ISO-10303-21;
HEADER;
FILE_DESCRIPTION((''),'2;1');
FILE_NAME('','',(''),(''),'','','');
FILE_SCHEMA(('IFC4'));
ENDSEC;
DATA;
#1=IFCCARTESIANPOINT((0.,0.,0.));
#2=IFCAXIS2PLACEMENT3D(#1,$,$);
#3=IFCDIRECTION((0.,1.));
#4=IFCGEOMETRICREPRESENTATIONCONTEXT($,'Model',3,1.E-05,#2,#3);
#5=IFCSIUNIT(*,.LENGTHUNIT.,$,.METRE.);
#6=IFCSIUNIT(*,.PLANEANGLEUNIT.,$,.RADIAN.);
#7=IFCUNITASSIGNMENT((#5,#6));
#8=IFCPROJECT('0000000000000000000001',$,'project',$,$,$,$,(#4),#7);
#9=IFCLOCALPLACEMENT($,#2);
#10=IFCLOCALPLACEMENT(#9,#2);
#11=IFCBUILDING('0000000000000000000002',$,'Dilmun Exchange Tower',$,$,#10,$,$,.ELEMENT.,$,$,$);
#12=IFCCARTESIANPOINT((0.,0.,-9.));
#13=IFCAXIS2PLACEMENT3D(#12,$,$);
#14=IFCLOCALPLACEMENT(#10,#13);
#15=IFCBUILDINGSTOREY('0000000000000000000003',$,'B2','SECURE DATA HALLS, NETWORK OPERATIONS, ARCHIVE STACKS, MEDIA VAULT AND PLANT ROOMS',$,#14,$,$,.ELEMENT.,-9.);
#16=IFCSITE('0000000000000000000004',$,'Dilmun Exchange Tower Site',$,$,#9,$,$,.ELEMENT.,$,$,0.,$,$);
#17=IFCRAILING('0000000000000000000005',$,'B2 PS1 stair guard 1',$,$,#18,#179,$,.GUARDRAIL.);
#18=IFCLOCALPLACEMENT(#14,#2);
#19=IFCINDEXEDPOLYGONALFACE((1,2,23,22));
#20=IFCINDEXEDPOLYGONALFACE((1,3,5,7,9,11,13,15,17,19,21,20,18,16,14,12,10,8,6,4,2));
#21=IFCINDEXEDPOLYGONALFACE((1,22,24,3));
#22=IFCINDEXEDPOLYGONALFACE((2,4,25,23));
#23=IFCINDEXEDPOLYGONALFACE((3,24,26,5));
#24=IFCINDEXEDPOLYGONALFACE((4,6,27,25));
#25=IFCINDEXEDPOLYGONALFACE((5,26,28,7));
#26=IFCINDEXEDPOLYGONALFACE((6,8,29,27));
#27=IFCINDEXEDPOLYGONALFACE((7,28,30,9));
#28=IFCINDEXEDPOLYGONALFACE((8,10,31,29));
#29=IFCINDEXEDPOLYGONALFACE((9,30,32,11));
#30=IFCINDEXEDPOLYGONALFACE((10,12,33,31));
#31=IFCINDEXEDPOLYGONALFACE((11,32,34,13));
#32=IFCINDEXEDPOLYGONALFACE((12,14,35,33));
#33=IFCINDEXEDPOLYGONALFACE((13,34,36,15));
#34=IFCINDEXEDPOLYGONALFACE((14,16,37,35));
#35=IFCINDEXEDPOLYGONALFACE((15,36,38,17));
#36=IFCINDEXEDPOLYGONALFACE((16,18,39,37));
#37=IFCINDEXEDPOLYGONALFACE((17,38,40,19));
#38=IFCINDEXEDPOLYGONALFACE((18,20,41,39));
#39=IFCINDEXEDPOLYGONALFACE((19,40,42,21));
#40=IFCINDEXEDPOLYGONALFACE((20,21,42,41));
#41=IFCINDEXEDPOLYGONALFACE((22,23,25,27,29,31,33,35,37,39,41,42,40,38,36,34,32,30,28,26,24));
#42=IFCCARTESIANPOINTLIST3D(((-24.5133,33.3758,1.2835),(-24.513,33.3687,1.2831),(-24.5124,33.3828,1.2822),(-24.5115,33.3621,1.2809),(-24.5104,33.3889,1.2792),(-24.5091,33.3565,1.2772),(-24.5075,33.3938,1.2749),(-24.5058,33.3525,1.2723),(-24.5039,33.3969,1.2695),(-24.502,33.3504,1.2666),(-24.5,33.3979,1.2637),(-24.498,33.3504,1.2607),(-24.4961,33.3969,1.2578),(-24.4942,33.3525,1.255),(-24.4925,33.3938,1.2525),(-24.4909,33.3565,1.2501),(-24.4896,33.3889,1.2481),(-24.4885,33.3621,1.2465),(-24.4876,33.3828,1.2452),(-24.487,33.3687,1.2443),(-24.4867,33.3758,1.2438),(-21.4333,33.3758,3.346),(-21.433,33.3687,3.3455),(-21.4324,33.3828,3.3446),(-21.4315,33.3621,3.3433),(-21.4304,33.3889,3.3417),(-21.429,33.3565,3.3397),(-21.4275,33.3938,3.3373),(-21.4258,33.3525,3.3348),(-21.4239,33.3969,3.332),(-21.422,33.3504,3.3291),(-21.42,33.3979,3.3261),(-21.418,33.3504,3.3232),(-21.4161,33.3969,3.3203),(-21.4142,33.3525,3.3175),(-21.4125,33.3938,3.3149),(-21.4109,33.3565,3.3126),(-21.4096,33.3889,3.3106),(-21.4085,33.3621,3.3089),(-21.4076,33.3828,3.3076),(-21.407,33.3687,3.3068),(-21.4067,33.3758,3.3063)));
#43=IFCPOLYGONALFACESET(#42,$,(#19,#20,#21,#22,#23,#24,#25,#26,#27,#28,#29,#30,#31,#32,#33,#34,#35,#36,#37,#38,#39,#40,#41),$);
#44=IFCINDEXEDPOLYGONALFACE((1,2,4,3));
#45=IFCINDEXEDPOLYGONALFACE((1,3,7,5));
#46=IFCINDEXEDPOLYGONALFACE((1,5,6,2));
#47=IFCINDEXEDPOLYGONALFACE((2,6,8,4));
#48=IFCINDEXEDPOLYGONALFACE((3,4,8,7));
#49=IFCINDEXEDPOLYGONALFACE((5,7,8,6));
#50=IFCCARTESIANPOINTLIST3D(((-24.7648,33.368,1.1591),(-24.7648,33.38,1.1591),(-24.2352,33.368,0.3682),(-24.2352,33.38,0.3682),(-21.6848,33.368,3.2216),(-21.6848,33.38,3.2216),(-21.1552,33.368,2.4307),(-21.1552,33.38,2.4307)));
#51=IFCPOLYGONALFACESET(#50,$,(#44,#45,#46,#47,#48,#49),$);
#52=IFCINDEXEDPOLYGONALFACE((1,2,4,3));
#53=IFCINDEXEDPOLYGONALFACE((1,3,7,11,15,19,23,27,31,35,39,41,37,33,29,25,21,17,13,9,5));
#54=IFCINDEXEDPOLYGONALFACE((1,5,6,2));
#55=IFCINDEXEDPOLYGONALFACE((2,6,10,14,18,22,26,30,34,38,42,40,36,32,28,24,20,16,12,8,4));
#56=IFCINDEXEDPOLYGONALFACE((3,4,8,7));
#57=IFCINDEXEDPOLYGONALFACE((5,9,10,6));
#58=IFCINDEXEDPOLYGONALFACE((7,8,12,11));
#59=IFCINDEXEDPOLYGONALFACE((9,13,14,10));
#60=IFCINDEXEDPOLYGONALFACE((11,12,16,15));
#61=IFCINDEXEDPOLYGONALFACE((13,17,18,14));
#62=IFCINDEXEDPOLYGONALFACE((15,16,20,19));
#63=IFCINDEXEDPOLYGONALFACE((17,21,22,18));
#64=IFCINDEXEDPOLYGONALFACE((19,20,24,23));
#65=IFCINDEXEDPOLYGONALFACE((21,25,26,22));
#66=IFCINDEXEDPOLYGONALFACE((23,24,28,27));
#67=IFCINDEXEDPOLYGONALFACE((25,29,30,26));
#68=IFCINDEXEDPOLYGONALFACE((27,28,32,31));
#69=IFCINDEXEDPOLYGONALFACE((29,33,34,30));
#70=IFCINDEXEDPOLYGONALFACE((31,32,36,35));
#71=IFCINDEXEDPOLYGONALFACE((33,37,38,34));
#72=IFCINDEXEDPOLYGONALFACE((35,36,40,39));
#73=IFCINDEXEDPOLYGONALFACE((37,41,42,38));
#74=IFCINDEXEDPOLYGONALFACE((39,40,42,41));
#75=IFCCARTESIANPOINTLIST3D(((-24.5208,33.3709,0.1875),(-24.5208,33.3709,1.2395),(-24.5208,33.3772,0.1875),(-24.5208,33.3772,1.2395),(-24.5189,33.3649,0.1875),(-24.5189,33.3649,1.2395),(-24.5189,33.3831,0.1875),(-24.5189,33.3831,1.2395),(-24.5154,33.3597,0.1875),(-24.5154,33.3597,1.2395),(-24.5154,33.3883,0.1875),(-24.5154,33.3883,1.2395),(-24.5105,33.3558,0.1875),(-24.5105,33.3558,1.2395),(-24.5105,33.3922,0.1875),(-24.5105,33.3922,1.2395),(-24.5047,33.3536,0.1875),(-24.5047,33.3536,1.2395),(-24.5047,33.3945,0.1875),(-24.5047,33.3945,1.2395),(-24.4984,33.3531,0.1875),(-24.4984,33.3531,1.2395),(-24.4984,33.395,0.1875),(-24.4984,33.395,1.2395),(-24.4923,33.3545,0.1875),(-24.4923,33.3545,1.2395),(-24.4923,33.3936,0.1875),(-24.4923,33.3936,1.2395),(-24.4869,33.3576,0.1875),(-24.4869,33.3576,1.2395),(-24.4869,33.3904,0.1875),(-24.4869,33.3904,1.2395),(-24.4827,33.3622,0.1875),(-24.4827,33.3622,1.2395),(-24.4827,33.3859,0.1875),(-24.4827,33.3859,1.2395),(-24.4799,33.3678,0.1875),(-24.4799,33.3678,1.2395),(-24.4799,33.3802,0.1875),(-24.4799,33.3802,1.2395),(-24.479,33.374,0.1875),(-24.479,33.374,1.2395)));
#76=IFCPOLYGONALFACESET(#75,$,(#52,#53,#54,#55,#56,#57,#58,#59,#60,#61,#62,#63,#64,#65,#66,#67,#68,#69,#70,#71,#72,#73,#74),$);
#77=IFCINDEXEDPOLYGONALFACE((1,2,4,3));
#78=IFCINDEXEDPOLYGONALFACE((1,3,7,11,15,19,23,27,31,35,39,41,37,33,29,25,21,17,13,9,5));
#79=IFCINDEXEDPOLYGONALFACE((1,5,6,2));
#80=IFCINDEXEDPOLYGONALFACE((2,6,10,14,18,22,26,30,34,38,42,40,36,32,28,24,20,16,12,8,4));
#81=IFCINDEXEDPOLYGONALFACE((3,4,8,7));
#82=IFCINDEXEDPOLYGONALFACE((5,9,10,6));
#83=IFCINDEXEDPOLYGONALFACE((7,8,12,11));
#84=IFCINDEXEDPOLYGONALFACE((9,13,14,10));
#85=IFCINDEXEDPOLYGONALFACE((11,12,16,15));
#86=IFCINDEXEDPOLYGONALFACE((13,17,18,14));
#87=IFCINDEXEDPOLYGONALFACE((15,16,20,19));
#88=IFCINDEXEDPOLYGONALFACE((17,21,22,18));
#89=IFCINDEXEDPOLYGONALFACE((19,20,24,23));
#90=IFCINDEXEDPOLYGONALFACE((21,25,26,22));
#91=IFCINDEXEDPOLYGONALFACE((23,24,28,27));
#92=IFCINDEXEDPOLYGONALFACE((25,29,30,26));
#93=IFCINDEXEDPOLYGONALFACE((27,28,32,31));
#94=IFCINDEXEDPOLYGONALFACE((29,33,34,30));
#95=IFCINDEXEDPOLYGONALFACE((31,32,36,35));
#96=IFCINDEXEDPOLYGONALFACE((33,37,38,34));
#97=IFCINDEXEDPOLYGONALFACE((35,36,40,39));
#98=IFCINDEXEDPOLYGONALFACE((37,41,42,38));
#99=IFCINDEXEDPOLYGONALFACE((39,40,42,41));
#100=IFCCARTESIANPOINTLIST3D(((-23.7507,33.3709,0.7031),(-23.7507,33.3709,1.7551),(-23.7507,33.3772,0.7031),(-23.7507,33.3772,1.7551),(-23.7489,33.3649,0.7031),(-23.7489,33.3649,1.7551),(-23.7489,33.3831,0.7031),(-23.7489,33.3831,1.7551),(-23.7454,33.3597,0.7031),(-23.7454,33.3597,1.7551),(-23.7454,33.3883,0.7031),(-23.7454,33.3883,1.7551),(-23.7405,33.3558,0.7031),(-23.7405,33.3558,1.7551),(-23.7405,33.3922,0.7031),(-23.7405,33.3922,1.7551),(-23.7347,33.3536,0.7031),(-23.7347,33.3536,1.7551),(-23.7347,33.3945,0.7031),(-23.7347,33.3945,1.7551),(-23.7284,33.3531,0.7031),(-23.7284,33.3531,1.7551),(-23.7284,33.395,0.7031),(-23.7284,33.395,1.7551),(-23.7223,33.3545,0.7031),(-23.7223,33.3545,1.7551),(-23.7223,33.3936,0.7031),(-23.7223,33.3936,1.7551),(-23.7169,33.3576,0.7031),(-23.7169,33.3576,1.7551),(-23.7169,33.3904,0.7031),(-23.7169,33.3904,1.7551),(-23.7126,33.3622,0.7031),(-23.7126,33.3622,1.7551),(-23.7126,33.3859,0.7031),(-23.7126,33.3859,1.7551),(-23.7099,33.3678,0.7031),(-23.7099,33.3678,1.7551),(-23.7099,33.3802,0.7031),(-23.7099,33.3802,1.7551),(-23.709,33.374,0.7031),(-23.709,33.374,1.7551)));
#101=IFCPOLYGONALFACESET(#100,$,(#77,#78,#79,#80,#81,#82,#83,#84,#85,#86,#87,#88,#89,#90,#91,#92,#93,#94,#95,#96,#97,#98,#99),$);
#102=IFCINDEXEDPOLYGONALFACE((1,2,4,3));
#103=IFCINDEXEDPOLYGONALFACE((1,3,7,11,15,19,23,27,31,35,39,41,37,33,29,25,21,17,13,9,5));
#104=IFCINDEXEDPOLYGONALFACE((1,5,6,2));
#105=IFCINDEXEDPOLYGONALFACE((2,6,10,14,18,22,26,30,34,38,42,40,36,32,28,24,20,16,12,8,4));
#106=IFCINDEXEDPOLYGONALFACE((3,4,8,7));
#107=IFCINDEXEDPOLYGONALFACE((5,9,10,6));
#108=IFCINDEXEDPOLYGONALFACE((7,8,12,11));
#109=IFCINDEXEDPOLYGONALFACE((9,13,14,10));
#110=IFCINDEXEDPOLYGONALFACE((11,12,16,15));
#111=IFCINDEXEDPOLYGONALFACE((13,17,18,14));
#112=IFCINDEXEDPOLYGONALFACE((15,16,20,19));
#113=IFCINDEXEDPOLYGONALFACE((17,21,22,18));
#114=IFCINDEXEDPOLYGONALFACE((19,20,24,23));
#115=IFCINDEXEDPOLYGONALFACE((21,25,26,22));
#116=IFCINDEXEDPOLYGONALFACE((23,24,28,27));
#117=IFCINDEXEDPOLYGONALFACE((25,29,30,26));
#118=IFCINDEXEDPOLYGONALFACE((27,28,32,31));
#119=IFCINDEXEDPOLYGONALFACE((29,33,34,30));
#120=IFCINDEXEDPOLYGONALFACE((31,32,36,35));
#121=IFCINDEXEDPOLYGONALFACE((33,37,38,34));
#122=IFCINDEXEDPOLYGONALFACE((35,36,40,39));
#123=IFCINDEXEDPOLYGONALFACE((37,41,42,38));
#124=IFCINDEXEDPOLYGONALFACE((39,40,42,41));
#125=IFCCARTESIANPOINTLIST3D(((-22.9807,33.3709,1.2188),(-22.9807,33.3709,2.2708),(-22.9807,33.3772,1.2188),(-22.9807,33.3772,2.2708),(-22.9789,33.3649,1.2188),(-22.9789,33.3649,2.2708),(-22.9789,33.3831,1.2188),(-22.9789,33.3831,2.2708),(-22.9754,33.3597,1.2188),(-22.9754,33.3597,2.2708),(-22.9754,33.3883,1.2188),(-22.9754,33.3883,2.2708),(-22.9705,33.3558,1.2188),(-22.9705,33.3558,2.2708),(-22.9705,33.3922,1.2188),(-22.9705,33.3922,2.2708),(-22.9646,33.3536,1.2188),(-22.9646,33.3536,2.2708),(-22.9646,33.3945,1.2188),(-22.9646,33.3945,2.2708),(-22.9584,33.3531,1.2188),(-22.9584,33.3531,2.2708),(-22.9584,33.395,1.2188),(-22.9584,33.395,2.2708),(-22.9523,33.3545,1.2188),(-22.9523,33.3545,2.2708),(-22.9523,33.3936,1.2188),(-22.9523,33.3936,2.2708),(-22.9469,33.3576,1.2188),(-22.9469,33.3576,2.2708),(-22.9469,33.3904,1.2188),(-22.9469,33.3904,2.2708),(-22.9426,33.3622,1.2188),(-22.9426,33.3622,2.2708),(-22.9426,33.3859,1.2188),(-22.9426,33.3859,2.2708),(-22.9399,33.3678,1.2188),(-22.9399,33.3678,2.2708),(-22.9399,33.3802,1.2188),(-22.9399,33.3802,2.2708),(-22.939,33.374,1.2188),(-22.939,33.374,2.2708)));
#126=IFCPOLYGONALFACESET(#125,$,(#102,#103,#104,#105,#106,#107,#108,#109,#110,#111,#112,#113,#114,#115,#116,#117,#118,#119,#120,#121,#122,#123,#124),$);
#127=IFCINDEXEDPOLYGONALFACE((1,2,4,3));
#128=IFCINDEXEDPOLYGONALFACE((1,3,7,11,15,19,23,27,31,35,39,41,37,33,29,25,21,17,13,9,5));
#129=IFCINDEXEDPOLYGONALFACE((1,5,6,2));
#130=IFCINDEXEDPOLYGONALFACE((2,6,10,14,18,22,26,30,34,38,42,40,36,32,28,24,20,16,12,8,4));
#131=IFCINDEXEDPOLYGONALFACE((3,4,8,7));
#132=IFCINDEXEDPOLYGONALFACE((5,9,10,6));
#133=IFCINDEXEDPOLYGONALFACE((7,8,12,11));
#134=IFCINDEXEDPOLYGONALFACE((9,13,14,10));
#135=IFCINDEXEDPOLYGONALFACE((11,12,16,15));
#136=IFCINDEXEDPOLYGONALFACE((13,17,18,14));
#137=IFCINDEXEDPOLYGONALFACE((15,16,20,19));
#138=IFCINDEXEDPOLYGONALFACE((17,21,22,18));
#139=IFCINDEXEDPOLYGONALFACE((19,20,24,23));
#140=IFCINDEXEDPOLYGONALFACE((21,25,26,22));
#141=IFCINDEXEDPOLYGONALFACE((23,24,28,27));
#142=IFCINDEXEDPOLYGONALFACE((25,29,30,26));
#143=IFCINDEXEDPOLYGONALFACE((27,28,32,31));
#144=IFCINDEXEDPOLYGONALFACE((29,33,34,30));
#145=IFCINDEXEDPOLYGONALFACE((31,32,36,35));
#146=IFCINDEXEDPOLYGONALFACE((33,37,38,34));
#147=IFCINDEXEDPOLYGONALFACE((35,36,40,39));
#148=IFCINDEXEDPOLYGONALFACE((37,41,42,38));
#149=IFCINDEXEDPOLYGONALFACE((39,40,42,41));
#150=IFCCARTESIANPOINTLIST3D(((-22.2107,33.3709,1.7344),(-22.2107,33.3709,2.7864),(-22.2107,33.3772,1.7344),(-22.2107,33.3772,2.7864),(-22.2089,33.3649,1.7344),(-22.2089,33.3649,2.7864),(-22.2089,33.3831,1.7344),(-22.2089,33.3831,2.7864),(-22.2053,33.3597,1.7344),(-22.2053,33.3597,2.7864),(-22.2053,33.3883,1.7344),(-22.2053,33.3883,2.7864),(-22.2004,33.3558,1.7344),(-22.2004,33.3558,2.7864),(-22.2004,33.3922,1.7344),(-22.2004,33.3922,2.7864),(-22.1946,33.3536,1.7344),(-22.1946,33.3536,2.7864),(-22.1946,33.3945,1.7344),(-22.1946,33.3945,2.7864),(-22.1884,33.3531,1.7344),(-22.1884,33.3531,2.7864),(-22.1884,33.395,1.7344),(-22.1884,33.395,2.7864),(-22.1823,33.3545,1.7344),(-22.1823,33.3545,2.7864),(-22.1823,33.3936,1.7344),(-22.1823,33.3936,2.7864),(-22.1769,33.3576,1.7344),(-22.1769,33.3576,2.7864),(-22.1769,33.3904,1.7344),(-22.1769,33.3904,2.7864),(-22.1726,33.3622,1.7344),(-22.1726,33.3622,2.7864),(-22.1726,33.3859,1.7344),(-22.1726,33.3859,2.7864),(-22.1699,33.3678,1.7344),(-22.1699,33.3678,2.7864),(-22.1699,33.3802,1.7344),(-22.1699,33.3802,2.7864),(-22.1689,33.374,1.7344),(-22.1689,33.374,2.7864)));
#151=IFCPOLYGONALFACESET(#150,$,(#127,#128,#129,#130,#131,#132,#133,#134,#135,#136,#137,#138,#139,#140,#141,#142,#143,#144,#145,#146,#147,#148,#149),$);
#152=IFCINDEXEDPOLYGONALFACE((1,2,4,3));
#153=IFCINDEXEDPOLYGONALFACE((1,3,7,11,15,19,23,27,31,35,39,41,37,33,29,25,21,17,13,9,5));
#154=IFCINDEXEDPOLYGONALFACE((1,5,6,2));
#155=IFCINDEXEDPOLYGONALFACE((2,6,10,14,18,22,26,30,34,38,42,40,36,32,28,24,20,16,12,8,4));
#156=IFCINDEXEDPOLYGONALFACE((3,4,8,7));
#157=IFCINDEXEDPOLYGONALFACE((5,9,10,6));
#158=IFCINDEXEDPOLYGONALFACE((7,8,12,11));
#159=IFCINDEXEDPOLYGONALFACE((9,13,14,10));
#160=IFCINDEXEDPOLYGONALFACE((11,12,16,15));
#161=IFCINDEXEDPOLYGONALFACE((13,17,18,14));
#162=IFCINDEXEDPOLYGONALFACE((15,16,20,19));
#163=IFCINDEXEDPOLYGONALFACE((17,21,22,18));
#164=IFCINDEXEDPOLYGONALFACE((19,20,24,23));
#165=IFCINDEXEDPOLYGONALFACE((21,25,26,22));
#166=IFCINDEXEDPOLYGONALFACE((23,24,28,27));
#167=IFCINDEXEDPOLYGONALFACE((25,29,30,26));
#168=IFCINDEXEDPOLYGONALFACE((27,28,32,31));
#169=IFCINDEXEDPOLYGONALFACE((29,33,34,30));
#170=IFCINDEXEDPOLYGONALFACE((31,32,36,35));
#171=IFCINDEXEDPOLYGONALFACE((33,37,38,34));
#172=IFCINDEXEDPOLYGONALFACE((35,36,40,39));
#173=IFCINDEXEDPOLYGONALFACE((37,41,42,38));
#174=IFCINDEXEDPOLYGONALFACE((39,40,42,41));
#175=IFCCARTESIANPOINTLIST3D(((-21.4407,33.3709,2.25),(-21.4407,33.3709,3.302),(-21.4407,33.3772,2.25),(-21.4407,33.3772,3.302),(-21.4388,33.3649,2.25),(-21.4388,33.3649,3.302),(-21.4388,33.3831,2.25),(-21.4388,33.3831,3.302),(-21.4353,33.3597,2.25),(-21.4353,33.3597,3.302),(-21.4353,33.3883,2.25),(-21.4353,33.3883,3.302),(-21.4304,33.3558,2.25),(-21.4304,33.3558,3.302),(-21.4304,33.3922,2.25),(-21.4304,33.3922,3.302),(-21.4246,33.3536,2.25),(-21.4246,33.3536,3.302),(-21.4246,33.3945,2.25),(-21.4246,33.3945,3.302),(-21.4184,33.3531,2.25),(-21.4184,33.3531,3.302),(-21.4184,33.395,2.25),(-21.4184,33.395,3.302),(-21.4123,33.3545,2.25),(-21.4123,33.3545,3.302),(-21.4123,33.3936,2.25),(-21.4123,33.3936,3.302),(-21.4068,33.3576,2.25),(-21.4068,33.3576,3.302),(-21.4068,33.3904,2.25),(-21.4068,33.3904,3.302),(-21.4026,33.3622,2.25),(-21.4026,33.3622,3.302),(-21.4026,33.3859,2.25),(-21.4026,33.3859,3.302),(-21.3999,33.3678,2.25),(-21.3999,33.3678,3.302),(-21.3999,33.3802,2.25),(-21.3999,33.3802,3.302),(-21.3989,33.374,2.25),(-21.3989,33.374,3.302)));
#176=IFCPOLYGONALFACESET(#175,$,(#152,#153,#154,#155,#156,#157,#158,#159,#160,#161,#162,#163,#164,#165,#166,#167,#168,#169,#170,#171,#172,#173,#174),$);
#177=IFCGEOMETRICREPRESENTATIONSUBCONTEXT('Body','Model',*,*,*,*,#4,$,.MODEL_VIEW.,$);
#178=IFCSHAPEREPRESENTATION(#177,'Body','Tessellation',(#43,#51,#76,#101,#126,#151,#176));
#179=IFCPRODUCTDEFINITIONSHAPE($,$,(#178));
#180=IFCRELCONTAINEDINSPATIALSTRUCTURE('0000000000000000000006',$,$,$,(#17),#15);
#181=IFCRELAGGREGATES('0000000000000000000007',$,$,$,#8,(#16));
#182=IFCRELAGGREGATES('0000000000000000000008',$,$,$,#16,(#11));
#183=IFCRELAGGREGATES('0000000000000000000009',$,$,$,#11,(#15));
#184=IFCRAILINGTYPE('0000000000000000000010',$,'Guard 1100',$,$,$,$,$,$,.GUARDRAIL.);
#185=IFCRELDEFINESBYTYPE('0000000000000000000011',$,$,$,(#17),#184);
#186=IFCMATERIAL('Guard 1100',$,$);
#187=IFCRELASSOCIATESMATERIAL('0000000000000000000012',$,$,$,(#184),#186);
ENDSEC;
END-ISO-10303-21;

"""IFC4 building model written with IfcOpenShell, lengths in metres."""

from ifc_helpers import new_model, si_unit, direction, frame, origin, origin_2d, place, context, subcontext, project, spatial, rectangle, circle, extrude, material, type_object, element, save


model = new_model("IFC4")

# Units and contexts
model_context = context("Model", 3, precision=1e-05, world=origin(), true_north=direction((0.0, 1.0)))
body_context = subcontext(model_context, "Body", "Model", "MODEL_VIEW")
ifc_project = project(units=[si_unit("LENGTHUNIT", "METRE"), si_unit("PLANEANGLEUNIT", "RADIAN")], contexts=[model_context])

# Site, building, storey
site_placement = place(None, origin())
site = spatial("IfcSite", under=ifc_project, at=site_placement, Name="Dilmun Exchange Tower Site", CompositionType="ELEMENT", RefElevation=0.0)
building_placement = place(site_placement, origin())
building = spatial("IfcBuilding", under=site, at=building_placement, Name="Dilmun Exchange Tower", CompositionType="ELEMENT")
storey_placement = place(building_placement, frame((0.0, 0.0, -9.0)))
storey = spatial("IfcBuildingStorey", under=building, at=storey_placement, Name="B2", Description="SECURE DATA HALLS, NETWORK OPERATIONS, ARCHIVE STACKS, MEDIA VAULT AND PLANT ROOMS", CompositionType="ELEMENT", Elevation=-9.0)

# Railing
ifc_material_1 = material(Name="Guard 1100")
railing_type_1 = type_object("IfcRailingType", Name="Guard 1100", PredefinedType="GUARDRAIL", material=ifc_material_1)
railing_1_placement = place(storey_placement, frame((-24.5, 33.374, 0.1875)))
element("IfcRailing", 1, at=railing_1_placement, inside=storey, type_object=railing_type_1, Name="B2 PS1 stair guard 1", PredefinedType="GUARDRAIL", context=body_context, shape_type="SweptSolid", body=[
    extrude(circle(Radius=0.0239, at=origin_2d()), frame((0.0, 0.0, 1.0762), z_axis=(0.830914, 0.0, 0.556401), x_axis=(0.0, 1.0, 0.0)), (0.0, 0.0, 1.0), 3.7068),
    extrude(rectangle(XDim=0.012, YDim=0.9519, at=origin_2d()), frame((0.0, 0.0, 0.5762), z_axis=(0.830914, 0.0, 0.556401), x_axis=(0.0, 1.0, 0.0)), (0.0, 0.0, 1.0), 3.7068),
    extrude(circle(Radius=0.021, at=origin_2d()), origin(), (0.0, 0.0, 1.0), 1.052),
    extrude(circle(Radius=0.021, at=origin_2d()), frame((0.77, 0.0, 0.5156)), (0.0, 0.0, 1.0), 1.052),
    extrude(circle(Radius=0.021, at=origin_2d()), frame((1.54, 0.0, 1.0312)), (0.0, 0.0, 1.0), 1.052),
    extrude(circle(Radius=0.021, at=origin_2d()), frame((2.3101, 0.0, 1.5469)), (0.0, 0.0, 1.0), 1.052),
    extrude(circle(Radius=0.021, at=origin_2d()), frame((3.0801, 0.0, 2.0625)), (0.0, 0.0, 1.0), 1.052),
])

save(model, "model.ifc")
